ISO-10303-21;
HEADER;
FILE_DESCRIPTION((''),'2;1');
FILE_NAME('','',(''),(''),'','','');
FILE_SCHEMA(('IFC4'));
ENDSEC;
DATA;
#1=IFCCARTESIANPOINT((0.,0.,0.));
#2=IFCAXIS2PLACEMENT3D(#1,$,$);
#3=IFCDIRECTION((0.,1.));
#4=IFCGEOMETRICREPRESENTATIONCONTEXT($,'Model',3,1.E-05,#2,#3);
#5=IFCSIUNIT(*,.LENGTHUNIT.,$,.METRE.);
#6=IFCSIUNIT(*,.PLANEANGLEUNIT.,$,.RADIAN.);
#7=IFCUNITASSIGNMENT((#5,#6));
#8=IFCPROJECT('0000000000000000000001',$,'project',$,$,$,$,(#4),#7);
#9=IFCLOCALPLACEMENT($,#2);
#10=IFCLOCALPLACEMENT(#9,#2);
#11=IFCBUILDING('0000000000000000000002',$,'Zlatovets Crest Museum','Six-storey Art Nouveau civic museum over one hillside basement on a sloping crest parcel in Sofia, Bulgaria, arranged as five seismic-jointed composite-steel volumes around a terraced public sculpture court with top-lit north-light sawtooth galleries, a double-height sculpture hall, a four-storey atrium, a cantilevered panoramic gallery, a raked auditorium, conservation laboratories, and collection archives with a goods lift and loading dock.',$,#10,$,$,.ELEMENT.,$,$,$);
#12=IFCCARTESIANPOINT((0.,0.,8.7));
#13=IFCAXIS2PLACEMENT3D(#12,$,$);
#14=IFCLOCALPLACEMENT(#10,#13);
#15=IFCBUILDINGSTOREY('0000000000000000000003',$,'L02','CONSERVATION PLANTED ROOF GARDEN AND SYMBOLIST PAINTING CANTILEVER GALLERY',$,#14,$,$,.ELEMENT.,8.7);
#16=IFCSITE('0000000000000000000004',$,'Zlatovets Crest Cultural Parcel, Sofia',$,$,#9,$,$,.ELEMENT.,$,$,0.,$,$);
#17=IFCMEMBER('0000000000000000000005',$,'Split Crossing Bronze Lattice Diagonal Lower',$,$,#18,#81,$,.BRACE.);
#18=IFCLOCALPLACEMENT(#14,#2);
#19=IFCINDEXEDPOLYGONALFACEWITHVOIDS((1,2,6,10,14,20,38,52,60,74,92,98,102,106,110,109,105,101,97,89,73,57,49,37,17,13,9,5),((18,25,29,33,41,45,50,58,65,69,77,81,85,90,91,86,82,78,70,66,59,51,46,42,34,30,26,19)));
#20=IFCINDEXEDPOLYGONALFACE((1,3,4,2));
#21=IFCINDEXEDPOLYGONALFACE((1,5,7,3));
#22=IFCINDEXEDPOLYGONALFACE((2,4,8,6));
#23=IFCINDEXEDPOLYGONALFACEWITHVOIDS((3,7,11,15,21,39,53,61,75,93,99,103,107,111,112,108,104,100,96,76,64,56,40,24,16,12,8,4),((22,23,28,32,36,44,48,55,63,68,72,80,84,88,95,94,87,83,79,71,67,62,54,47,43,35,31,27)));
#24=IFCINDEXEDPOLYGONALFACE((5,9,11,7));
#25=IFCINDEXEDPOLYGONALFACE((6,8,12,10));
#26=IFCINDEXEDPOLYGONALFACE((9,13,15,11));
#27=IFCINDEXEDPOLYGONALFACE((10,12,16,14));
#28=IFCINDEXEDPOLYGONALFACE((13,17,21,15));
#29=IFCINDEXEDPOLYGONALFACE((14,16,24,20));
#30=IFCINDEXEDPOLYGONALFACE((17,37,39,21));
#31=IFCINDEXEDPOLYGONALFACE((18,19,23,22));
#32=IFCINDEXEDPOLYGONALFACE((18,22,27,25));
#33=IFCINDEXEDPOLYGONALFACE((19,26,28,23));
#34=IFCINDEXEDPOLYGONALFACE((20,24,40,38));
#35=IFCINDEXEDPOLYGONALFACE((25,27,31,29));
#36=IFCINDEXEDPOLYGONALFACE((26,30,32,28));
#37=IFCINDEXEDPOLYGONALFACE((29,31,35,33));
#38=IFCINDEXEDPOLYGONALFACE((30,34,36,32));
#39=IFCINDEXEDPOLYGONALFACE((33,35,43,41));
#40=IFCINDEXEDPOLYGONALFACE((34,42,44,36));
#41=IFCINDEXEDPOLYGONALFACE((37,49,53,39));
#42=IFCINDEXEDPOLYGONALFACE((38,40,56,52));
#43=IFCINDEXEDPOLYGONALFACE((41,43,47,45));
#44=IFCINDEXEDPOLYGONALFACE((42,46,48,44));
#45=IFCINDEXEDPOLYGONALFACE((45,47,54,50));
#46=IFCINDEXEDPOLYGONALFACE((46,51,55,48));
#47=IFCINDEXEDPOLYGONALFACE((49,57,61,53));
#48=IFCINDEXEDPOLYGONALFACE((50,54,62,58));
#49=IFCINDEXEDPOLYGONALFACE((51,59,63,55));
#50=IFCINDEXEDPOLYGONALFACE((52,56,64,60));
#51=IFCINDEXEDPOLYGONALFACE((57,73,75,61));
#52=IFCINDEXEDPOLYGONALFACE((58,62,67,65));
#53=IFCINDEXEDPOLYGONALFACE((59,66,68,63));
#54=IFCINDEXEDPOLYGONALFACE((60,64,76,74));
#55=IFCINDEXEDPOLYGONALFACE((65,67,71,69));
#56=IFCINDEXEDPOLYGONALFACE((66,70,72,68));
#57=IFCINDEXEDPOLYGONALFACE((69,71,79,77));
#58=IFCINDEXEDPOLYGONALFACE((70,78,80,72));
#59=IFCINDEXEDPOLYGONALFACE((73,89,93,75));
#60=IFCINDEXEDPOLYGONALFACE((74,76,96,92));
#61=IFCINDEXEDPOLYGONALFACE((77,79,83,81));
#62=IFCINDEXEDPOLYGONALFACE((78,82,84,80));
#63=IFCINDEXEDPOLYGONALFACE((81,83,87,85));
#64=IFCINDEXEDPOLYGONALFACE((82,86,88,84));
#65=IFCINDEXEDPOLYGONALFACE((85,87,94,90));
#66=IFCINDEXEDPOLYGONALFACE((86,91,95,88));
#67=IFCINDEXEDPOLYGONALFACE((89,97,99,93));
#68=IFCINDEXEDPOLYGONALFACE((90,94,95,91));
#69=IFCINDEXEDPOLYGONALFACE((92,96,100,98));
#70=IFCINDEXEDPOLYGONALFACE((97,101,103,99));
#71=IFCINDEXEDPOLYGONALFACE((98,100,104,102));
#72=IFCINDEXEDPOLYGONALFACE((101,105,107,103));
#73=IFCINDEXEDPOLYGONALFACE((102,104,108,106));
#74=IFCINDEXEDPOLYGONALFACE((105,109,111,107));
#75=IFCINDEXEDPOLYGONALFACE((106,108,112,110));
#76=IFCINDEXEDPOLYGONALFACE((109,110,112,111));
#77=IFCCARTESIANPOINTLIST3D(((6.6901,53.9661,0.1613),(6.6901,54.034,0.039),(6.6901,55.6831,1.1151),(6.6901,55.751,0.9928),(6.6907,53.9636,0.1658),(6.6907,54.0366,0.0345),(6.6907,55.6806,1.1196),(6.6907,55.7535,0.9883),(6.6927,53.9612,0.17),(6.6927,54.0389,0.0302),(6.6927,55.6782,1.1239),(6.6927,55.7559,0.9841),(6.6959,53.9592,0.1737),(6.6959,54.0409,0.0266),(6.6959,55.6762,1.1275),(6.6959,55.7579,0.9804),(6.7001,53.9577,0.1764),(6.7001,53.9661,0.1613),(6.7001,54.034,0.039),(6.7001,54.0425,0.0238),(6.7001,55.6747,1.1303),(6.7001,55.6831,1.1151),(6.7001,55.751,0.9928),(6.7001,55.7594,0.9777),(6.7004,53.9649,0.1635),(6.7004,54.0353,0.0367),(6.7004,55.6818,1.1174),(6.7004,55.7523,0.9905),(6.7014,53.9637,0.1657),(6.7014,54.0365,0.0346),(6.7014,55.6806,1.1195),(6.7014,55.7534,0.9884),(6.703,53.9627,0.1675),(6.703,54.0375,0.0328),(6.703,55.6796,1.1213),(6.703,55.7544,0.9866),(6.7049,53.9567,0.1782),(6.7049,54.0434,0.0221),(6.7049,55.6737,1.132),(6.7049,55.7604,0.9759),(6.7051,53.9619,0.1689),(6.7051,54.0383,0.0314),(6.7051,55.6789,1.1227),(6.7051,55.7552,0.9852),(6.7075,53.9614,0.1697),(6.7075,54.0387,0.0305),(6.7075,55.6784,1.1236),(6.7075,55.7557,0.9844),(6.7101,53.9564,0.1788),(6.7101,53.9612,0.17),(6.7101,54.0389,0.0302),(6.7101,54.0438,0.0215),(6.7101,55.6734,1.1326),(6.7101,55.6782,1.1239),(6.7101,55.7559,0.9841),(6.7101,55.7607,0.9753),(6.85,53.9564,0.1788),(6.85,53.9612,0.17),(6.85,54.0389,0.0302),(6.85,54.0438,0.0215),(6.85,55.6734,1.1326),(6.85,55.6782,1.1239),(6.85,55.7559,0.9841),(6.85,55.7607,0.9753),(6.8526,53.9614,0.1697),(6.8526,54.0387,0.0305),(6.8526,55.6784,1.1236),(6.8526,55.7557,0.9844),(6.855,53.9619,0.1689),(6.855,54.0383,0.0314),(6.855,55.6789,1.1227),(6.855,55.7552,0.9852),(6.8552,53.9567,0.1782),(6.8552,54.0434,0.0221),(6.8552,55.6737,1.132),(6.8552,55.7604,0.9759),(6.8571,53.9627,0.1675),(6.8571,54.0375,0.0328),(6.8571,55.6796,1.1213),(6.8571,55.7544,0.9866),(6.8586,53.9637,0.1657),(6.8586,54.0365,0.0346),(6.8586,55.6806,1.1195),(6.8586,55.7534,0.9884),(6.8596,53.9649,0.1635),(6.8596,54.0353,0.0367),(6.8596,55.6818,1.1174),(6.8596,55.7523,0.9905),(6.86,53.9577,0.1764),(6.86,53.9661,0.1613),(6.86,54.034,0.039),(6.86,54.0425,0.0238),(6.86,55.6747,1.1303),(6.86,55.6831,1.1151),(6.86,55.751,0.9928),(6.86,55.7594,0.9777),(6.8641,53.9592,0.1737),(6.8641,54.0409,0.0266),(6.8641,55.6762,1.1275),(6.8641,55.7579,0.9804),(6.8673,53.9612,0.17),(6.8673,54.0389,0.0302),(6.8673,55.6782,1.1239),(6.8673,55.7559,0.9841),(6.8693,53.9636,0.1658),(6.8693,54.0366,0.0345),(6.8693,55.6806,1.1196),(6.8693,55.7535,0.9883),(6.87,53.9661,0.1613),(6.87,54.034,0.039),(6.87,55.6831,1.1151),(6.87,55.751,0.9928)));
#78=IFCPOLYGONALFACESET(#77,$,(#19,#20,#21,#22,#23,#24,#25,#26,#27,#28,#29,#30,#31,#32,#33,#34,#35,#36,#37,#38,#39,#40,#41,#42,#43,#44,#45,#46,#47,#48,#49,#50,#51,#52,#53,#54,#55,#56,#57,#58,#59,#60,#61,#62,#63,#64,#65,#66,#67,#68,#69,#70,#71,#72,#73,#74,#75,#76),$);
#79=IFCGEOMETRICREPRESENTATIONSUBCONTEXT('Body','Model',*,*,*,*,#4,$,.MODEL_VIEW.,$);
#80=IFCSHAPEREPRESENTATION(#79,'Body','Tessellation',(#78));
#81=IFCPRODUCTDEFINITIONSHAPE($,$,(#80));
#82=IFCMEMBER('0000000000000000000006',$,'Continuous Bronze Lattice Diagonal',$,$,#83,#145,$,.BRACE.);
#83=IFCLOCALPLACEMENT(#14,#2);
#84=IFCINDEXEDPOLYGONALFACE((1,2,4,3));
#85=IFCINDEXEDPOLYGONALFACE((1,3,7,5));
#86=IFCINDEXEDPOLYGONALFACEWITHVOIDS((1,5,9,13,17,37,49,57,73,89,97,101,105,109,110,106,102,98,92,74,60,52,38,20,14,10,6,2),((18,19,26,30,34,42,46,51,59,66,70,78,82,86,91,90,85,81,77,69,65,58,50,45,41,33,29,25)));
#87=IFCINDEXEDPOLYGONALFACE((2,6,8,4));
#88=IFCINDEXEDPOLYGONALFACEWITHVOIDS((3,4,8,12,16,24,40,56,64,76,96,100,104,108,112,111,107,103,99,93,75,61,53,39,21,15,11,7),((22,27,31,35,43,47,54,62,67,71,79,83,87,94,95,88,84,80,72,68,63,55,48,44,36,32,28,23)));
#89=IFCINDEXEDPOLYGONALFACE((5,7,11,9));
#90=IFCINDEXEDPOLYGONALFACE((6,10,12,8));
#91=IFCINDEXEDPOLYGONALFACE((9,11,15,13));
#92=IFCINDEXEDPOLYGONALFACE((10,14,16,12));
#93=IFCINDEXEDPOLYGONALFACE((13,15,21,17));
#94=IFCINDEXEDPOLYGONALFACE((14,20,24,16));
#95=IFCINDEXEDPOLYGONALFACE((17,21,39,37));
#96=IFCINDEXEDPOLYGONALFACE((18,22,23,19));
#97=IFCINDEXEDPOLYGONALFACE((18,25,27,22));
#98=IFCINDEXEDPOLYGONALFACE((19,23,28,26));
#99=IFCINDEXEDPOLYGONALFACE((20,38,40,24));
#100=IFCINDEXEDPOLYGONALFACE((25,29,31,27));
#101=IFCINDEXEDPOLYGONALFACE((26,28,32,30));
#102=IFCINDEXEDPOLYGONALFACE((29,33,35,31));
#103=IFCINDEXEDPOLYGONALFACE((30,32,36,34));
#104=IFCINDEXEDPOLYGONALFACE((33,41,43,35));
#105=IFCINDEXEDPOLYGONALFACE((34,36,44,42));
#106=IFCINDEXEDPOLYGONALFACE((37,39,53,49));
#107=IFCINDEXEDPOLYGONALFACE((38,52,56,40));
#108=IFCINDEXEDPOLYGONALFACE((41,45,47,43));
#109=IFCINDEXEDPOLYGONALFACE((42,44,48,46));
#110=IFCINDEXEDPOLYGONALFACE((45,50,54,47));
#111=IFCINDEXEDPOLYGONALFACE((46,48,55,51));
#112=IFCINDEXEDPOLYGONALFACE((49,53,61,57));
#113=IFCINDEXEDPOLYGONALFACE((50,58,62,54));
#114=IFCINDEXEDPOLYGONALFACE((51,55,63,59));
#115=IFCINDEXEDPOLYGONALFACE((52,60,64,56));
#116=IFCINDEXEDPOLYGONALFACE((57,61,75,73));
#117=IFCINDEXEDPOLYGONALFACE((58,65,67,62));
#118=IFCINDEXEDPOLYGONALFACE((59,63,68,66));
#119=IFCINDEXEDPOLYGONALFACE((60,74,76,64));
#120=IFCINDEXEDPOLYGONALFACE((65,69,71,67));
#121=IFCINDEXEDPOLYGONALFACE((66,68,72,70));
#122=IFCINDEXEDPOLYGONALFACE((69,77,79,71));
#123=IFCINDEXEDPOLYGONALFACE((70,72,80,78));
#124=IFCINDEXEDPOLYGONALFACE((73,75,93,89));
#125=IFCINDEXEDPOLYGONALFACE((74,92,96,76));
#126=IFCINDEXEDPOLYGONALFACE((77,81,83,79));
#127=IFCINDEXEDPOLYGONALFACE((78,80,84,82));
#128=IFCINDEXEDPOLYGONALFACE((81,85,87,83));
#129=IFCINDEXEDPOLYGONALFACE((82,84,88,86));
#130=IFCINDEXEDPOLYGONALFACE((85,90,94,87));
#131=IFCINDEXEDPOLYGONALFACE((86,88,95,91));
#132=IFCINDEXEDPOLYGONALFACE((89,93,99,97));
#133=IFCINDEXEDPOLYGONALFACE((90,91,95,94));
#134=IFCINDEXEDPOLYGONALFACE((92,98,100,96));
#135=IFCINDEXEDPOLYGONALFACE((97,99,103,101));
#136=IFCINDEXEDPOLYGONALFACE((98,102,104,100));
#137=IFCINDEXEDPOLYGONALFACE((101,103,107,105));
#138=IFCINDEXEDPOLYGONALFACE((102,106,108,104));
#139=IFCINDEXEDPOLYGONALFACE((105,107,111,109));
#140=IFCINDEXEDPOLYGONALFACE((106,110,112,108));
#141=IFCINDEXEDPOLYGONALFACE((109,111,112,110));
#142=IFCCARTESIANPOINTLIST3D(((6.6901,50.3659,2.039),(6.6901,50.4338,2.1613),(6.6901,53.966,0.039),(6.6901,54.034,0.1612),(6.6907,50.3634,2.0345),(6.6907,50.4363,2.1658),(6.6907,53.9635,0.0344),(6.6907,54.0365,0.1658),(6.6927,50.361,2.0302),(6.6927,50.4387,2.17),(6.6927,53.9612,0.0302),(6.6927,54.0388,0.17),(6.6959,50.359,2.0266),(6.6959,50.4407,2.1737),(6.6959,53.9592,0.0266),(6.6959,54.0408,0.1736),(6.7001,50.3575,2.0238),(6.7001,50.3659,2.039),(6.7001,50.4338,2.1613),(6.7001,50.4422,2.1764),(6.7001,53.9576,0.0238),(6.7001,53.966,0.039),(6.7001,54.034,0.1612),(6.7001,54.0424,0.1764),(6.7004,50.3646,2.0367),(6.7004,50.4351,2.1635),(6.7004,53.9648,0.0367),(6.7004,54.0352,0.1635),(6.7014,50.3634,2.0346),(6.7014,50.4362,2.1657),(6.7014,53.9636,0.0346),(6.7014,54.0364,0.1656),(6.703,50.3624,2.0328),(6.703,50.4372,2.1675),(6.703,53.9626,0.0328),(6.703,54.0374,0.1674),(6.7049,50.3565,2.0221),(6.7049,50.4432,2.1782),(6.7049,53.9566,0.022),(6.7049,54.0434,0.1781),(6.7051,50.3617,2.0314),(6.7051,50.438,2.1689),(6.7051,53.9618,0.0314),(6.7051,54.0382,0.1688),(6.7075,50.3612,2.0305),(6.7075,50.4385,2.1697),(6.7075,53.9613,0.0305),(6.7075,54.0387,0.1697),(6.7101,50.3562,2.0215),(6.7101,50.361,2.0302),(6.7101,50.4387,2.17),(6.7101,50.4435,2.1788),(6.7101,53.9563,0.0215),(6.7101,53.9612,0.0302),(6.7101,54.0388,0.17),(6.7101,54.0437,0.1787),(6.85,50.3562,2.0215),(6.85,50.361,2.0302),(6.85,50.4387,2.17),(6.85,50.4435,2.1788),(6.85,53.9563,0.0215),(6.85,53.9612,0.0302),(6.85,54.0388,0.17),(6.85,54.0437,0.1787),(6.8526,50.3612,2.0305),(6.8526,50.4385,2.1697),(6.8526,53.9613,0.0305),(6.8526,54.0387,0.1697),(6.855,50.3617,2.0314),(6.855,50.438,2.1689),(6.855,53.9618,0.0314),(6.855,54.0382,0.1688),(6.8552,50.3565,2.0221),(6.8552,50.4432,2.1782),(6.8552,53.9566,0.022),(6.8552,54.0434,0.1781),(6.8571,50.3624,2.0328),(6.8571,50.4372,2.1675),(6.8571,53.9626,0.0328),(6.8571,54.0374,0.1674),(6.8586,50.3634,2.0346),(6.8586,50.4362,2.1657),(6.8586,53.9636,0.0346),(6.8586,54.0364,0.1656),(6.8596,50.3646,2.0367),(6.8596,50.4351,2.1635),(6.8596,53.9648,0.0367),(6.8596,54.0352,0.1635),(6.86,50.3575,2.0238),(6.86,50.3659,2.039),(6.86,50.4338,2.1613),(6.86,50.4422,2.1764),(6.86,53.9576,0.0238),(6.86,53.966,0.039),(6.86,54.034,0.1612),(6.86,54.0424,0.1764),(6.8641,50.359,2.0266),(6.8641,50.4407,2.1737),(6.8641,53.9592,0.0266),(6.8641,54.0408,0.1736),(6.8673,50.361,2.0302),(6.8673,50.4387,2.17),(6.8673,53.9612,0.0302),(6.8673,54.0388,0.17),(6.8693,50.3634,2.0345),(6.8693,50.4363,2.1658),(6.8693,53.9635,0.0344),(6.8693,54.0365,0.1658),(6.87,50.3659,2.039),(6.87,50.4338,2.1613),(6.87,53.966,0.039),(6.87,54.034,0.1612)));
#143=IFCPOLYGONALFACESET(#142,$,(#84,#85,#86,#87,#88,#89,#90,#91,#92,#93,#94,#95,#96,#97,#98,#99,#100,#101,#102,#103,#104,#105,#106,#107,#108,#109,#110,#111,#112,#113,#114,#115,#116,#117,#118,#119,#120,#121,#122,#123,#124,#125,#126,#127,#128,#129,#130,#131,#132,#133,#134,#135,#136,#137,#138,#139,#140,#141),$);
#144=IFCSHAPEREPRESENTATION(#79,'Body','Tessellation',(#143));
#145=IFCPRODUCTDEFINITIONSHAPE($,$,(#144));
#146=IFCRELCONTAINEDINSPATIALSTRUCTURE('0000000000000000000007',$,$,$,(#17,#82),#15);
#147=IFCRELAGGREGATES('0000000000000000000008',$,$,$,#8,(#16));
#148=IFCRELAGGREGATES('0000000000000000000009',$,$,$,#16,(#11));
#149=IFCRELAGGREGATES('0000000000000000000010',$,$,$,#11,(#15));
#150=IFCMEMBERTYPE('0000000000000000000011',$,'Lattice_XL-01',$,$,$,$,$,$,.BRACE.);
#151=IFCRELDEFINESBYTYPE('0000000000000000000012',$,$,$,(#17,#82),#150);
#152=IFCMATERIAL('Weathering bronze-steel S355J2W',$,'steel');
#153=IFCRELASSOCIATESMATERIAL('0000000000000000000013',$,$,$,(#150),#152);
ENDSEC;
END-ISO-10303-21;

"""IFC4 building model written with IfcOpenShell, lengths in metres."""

from ifc_helpers import new_model, si_unit, direction, frame, origin, origin_2d, place, context, subcontext, project, spatial, hollow_rectangle, extrude, material, material_profile, profile_set, type_object, element, save


model = new_model("IFC4")

# Units and contexts
model_context = context("Model", 3, precision=1e-05, world=origin(), true_north=direction((0.0, 1.0)))
body_context = subcontext(model_context, "Body", "Model", "MODEL_VIEW")
ifc_project = project(units=[si_unit("LENGTHUNIT", "METRE"), si_unit("PLANEANGLEUNIT", "RADIAN")], contexts=[model_context])

# Site, building, storey
site_placement = place(None, origin())
site = spatial("IfcSite", under=ifc_project, at=site_placement, Name="Zlatovets Crest Cultural Parcel, Sofia", CompositionType="ELEMENT", RefElevation=0.0)
building_placement = place(site_placement, origin())
building = spatial("IfcBuilding", under=site, at=building_placement, Name="Zlatovets Crest Museum", Description="Six-storey Art Nouveau civic museum over one hillside basement on a sloping crest parcel in Sofia, Bulgaria, arranged as five seismic-jointed composite-steel volumes around a terraced public sculpture court with top-lit north-light sawtooth galleries, a double-height sculpture hall, a four-storey atrium, a cantilevered panoramic gallery, a raked auditorium, conservation laboratories, and collection archives with a goods lift and loading dock.", CompositionType="ELEMENT")
storey_placement = place(building_placement, frame((0.0, 0.0, 8.7)))
storey = spatial("IfcBuildingStorey", under=building, at=storey_placement, Name="L02", Description="CONSERVATION PLANTED ROOF GARDEN AND SYMBOLIST PAINTING CANTILEVER GALLERY", CompositionType="ELEMENT", Elevation=8.7)

# Members
ifc_material_1 = material(Name="Weathering bronze-steel S355J2W", Category="steel")
ifc_material_profile_1 = material_profile(ifc_material_1, hollow_rectangle(XDim=0.1799, YDim=0.1799, WallThickness=0.01, InnerFilletRadius=0.01, OuterFilletRadius=0.02, at=origin_2d()), Name="SHS 180x180x10.0")
ifc_profile_set_1 = profile_set([ifc_material_profile_1], Name="Weathering bronze-steel S355J2W")
member_type_1 = type_object("IfcMemberType", Name="Lattice_XL-01", PredefinedType="BRACE", material=ifc_profile_set_1)
for number, where, z_axis, x_axis, name in (
    (1, (6.78, 55.717, 1.054), (0.0, -0.874169, -0.485622), (1.0, 0.0, 0.0), "Split Crossing Bronze Lattice Diagonal Lower"),
):
    element("IfcMember", number, at=place(storey_placement, frame(where, z_axis=z_axis, x_axis=x_axis)), inside=storey, type_object=member_type_1, Name=name, PredefinedType="BRACE", context=body_context, shape_type="SweptSolid", body=[
        extrude(hollow_rectangle(XDim=0.1799, YDim=0.1799, WallThickness=0.01, InnerFilletRadius=0.01, OuterFilletRadius=0.02, at=origin_2d()), origin(), (0.0, 0.0, 1.0), 1.9641),
    ])
member_1_placement = place(storey_placement, frame((6.78, 54.0, 0.1001), z_axis=(0.0, -0.874163, 0.485633), x_axis=(1.0, 0.0, 0.0)))
element("IfcMember", 2, at=member_1_placement, inside=storey, type_object=member_type_1, Name="Continuous Bronze Lattice Diagonal", PredefinedType="BRACE", context=body_context, shape_type="SweptSolid", body=[
    extrude(hollow_rectangle(XDim=0.1799, YDim=0.1799, WallThickness=0.01, InnerFilletRadius=0.01, OuterFilletRadius=0.02, at=origin_2d()), origin(), (0.0, 0.0, 1.0), 4.1184),
])

save(model, "model.ifc")
